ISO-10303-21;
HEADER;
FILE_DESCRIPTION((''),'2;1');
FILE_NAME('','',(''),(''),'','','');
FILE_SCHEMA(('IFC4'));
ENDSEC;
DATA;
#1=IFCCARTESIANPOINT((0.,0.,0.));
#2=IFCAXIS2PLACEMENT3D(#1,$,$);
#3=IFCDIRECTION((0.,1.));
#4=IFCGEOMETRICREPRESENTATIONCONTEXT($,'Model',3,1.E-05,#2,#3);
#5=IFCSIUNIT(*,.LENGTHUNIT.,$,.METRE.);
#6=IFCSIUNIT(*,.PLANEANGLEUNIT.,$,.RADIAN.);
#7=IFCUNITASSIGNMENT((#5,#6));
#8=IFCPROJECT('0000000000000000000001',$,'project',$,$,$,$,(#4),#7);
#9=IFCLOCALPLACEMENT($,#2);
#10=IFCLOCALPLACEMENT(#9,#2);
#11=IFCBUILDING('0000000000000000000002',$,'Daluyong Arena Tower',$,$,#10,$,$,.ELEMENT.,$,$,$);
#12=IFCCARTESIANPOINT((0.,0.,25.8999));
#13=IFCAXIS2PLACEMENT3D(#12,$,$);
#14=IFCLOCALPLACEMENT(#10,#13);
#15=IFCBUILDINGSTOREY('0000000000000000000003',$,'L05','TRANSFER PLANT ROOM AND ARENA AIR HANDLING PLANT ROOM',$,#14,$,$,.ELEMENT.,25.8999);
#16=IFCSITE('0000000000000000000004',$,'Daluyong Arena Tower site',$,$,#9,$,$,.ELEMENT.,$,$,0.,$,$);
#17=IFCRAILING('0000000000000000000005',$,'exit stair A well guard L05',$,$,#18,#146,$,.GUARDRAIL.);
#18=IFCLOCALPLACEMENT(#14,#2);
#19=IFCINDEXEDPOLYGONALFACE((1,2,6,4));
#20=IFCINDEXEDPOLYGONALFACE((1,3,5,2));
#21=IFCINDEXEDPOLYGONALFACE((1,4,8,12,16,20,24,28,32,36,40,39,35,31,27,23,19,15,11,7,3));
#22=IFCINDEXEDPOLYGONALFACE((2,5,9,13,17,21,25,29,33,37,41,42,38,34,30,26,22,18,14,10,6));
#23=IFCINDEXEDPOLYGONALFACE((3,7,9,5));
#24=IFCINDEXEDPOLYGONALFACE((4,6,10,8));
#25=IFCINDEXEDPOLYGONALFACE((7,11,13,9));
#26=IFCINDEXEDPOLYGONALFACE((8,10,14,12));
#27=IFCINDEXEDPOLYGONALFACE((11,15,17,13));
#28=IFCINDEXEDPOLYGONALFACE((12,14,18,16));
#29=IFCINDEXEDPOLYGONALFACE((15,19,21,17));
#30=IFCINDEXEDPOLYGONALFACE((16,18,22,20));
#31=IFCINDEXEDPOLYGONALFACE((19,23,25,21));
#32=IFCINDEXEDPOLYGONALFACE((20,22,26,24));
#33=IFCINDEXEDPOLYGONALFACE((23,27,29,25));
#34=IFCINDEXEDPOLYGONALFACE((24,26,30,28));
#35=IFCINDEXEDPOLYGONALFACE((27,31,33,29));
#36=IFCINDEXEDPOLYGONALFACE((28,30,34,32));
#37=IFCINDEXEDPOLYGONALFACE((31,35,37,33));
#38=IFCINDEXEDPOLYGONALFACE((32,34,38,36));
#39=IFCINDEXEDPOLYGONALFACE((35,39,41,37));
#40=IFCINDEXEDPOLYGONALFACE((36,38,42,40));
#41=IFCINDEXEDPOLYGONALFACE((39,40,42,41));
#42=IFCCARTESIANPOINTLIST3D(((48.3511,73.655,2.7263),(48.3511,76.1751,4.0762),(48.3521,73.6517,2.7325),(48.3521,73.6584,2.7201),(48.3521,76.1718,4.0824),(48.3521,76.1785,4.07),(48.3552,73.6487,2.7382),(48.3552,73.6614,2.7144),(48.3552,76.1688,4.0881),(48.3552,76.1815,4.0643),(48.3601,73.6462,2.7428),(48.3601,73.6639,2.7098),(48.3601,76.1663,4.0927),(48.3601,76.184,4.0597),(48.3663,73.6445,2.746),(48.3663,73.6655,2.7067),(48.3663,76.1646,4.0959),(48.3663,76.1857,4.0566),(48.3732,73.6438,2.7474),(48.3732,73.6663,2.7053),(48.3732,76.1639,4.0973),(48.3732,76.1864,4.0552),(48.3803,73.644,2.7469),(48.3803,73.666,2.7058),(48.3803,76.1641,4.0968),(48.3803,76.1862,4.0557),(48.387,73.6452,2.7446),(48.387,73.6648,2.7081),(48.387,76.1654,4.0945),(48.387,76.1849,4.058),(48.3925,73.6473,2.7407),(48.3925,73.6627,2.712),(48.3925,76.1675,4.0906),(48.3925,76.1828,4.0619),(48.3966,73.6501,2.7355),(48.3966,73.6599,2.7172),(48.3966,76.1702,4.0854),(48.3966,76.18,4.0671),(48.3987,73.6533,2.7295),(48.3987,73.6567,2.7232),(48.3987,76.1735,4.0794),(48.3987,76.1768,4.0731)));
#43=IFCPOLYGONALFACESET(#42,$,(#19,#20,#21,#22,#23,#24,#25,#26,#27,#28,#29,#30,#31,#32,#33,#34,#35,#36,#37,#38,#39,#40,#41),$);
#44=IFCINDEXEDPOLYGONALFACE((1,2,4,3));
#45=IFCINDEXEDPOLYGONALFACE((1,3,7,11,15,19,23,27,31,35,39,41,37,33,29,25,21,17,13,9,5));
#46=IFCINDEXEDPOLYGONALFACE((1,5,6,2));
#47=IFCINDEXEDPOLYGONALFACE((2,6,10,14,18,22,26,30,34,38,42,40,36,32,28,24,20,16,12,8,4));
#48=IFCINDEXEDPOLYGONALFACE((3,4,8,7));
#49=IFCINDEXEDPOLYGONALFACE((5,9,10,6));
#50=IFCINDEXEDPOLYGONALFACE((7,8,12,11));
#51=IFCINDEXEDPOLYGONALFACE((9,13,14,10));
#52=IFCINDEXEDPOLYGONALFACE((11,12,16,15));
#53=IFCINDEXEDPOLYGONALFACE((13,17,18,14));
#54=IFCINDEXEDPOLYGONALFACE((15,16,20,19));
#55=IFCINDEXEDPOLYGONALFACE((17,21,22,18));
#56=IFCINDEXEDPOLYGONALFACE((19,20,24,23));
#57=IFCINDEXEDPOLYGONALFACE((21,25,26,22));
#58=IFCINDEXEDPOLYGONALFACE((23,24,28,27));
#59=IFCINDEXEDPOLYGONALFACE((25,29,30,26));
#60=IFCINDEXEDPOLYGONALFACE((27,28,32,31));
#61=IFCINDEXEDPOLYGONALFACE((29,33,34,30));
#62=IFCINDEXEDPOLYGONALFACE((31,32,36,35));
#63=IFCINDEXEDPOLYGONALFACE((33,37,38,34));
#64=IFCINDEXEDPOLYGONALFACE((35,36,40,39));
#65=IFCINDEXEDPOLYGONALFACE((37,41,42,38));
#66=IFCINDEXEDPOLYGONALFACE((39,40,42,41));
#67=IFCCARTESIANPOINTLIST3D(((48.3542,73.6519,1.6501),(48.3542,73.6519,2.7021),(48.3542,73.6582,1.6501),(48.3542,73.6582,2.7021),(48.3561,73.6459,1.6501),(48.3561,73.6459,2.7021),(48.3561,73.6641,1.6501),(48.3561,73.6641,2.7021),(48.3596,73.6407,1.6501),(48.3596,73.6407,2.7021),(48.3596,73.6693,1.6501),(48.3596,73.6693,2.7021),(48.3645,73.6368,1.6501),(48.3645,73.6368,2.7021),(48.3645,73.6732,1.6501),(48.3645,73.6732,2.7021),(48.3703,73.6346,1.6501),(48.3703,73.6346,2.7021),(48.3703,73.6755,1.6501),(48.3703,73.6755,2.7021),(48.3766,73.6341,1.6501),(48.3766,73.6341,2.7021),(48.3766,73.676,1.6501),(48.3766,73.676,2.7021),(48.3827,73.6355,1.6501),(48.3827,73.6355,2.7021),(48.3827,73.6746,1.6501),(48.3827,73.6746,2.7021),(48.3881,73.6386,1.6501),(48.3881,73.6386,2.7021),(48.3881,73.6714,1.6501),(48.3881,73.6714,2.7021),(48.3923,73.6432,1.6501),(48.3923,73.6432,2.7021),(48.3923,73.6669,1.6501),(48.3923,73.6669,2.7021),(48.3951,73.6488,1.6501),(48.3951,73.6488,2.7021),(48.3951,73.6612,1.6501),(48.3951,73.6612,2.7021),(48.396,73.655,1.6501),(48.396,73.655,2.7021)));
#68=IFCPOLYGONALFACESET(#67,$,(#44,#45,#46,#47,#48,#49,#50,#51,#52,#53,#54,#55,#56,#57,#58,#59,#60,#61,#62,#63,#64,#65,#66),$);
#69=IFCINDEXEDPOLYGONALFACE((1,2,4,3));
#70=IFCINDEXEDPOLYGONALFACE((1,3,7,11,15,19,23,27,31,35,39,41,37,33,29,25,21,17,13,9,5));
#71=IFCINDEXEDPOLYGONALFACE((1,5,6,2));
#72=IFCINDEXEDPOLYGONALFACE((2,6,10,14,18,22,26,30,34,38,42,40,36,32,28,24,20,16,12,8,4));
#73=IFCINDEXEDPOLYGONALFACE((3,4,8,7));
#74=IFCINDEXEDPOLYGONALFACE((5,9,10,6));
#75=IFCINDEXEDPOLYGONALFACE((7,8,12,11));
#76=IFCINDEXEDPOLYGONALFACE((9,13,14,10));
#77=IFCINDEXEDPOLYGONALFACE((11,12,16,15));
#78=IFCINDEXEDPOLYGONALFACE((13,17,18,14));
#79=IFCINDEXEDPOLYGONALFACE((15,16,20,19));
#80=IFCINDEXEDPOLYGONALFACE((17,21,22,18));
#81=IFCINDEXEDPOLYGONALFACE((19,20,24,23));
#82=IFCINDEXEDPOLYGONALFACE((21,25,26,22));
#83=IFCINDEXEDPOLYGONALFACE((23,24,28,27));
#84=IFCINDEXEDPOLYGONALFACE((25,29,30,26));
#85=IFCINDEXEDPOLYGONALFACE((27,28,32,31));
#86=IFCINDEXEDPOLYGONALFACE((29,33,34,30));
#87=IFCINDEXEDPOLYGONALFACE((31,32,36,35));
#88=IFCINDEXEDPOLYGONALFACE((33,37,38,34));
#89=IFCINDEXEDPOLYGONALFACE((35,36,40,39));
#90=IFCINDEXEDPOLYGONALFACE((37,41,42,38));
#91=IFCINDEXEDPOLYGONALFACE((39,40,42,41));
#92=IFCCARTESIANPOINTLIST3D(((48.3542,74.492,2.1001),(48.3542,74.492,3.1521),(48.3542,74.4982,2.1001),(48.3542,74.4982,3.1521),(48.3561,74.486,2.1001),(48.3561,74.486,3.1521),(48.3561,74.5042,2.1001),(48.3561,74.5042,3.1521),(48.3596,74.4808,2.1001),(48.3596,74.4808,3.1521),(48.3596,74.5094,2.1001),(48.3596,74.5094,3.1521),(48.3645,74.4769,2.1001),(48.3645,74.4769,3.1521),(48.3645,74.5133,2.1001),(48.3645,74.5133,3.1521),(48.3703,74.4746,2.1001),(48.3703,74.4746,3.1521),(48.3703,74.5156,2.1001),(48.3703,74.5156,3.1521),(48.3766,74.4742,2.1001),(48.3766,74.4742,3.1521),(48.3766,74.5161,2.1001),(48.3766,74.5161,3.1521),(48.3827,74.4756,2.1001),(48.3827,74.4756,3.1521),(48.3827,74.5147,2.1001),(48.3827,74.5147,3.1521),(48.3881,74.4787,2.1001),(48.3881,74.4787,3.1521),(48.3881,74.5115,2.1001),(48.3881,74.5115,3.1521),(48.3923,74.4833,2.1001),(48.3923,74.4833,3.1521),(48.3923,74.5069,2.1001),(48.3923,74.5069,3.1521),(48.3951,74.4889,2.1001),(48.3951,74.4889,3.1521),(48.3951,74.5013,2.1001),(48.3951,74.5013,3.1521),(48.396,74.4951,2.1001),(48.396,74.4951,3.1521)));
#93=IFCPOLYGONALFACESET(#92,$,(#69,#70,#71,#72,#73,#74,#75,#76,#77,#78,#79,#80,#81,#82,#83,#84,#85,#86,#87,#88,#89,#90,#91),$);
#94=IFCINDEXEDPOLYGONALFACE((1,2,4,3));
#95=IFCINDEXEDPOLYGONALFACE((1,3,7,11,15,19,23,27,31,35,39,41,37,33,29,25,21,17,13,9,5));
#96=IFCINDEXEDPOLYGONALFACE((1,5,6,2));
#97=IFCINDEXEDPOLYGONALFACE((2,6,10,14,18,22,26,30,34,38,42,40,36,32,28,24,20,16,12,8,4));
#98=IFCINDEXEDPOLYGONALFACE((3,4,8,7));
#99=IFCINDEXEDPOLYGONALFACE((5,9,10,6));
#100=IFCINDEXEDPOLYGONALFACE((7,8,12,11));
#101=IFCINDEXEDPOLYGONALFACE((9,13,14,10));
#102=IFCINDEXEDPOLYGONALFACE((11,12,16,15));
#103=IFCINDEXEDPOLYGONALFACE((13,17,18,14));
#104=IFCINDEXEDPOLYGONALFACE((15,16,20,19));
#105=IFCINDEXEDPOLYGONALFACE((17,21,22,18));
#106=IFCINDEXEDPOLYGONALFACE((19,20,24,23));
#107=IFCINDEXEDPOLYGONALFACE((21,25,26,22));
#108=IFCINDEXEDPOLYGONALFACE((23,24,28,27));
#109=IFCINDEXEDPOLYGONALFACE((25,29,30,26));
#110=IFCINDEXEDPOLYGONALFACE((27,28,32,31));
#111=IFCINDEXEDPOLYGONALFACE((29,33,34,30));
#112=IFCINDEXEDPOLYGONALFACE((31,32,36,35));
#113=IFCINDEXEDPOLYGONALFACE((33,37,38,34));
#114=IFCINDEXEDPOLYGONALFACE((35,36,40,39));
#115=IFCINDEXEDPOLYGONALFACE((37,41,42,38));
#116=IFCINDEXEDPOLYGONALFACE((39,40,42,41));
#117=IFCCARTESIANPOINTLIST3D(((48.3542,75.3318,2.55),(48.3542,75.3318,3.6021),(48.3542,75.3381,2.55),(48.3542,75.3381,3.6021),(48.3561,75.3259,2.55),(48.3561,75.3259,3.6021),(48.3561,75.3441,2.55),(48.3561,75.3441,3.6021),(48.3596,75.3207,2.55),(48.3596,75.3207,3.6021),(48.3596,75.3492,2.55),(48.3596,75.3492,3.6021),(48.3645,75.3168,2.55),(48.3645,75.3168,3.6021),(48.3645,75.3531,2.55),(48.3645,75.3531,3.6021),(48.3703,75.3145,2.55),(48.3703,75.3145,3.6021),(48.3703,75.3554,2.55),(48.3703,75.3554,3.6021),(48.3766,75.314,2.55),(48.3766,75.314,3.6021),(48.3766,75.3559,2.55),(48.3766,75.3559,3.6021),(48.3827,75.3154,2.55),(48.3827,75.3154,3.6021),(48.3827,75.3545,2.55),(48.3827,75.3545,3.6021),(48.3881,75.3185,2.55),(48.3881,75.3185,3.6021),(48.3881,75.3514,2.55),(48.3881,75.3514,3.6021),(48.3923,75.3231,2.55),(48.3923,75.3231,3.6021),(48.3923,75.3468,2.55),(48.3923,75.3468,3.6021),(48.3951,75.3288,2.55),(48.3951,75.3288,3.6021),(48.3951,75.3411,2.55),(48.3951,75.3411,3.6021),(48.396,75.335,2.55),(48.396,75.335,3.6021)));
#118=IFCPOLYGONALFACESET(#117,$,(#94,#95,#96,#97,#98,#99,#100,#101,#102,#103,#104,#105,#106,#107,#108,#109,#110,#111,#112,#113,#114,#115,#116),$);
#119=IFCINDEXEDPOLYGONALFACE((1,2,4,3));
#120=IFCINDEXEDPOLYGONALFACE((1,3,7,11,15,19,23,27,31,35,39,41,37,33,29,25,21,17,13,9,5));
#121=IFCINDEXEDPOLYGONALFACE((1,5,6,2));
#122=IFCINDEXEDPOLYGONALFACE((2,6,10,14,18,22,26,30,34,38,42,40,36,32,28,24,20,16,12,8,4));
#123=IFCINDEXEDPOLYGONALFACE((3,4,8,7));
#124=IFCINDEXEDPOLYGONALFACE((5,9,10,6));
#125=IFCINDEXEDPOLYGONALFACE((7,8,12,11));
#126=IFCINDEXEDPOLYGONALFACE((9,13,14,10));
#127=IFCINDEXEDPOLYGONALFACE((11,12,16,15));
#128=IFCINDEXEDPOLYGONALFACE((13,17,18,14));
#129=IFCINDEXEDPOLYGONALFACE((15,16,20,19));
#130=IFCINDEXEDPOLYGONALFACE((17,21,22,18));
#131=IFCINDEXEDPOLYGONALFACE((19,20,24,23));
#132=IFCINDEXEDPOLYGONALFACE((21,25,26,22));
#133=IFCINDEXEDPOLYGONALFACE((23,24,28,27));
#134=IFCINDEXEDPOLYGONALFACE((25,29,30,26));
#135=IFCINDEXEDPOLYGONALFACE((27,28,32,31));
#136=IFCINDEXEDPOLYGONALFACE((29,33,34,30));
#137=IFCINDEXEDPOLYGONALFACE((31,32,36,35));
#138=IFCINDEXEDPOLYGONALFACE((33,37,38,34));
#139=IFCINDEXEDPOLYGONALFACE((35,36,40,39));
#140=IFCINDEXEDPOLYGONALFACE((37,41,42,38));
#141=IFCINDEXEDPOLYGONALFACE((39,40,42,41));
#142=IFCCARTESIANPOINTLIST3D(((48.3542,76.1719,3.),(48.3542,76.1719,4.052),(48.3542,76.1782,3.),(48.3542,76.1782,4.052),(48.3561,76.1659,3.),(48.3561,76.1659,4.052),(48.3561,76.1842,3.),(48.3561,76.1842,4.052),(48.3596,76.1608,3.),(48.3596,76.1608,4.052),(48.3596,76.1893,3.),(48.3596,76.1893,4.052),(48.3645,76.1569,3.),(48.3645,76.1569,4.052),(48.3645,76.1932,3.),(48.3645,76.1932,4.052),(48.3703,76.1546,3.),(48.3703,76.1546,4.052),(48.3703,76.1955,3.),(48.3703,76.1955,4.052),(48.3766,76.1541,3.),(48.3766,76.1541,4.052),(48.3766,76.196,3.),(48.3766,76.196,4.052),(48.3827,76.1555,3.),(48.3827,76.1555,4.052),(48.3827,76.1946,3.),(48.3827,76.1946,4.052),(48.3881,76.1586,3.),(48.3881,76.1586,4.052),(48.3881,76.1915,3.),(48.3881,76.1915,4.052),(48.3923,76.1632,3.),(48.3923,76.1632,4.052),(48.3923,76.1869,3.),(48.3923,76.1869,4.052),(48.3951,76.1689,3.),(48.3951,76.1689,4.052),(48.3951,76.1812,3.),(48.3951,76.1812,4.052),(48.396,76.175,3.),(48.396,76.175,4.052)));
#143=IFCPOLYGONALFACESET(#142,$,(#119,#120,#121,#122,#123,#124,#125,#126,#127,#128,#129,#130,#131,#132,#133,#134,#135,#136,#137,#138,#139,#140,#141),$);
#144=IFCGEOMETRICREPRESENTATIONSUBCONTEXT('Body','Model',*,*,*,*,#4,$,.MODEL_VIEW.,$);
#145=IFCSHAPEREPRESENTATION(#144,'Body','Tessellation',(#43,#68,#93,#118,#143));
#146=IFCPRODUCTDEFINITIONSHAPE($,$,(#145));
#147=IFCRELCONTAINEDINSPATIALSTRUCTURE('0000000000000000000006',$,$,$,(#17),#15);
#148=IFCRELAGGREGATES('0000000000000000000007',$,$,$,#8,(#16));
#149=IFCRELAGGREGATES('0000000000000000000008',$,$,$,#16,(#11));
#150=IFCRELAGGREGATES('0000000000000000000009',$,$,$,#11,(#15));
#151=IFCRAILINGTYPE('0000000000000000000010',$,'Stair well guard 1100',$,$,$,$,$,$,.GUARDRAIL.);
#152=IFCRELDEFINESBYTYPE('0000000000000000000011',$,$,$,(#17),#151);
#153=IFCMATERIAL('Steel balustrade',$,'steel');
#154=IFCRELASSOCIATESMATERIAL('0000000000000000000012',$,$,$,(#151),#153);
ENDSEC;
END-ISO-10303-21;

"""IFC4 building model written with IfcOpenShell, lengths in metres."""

from ifc_helpers import new_model, si_unit, direction, frame, origin, origin_2d, place, context, subcontext, project, spatial, circle, extrude, material, type_object, element, save


model = new_model("IFC4")

# Units and contexts
model_context = context("Model", 3, precision=1e-05, world=origin(), true_north=direction((0.0, 1.0)))
body_context = subcontext(model_context, "Body", "Model", "MODEL_VIEW")
ifc_project = project(units=[si_unit("LENGTHUNIT", "METRE"), si_unit("PLANEANGLEUNIT", "RADIAN")], contexts=[model_context])

# Site, building, storey
site_placement = place(None, origin())
site = spatial("IfcSite", under=ifc_project, at=site_placement, Name="Daluyong Arena Tower site", CompositionType="ELEMENT", RefElevation=0.0)
building_placement = place(site_placement, origin())
building = spatial("IfcBuilding", under=site, at=building_placement, Name="Daluyong Arena Tower", CompositionType="ELEMENT")
storey_placement = place(building_placement, frame((0.0, 0.0, 25.8999)))
storey = spatial("IfcBuildingStorey", under=building, at=storey_placement, Name="L05", Description="TRANSFER PLANT ROOM AND ARENA AIR HANDLING PLANT ROOM", CompositionType="ELEMENT", Elevation=25.8999)

# Railing
ifc_material_1 = material(Name="Steel balustrade", Category="steel")
railing_type_1 = type_object("IfcRailingType", Name="Stair well guard 1100", PredefinedType="GUARDRAIL", material=ifc_material_1)
railing_1_placement = place(storey_placement, frame((48.375, 73.655, 1.6501)))
element("IfcRailing", 1, at=railing_1_placement, inside=storey, type_object=railing_type_1, Name="exit stair A well guard L05", PredefinedType="GUARDRAIL", context=body_context, shape_type="SweptSolid", body=[
    extrude(circle(Radius=0.0239, at=origin_2d()), frame((0.0, 0.0, 1.0762), z_axis=(0.0, 0.881503, 0.472179), x_axis=(-1.0, 0.0, 0.0)), (0.0, 0.0, 1.0), 2.8589),
    extrude(circle(Radius=0.021, at=origin_2d()), origin(), (0.0, 0.0, 1.0), 1.052),
    extrude(circle(Radius=0.021, at=origin_2d()), frame((0.0, 0.8401, 0.45)), (0.0, 0.0, 1.0), 1.052),
    extrude(circle(Radius=0.021, at=origin_2d()), frame((0.0, 1.6799, 0.8999)), (0.0, 0.0, 1.0), 1.052),
    extrude(circle(Radius=0.021, at=origin_2d()), frame((0.0, 2.52, 1.3499)), (0.0, 0.0, 1.0), 1.052),
])

save(model, "model.ifc")
